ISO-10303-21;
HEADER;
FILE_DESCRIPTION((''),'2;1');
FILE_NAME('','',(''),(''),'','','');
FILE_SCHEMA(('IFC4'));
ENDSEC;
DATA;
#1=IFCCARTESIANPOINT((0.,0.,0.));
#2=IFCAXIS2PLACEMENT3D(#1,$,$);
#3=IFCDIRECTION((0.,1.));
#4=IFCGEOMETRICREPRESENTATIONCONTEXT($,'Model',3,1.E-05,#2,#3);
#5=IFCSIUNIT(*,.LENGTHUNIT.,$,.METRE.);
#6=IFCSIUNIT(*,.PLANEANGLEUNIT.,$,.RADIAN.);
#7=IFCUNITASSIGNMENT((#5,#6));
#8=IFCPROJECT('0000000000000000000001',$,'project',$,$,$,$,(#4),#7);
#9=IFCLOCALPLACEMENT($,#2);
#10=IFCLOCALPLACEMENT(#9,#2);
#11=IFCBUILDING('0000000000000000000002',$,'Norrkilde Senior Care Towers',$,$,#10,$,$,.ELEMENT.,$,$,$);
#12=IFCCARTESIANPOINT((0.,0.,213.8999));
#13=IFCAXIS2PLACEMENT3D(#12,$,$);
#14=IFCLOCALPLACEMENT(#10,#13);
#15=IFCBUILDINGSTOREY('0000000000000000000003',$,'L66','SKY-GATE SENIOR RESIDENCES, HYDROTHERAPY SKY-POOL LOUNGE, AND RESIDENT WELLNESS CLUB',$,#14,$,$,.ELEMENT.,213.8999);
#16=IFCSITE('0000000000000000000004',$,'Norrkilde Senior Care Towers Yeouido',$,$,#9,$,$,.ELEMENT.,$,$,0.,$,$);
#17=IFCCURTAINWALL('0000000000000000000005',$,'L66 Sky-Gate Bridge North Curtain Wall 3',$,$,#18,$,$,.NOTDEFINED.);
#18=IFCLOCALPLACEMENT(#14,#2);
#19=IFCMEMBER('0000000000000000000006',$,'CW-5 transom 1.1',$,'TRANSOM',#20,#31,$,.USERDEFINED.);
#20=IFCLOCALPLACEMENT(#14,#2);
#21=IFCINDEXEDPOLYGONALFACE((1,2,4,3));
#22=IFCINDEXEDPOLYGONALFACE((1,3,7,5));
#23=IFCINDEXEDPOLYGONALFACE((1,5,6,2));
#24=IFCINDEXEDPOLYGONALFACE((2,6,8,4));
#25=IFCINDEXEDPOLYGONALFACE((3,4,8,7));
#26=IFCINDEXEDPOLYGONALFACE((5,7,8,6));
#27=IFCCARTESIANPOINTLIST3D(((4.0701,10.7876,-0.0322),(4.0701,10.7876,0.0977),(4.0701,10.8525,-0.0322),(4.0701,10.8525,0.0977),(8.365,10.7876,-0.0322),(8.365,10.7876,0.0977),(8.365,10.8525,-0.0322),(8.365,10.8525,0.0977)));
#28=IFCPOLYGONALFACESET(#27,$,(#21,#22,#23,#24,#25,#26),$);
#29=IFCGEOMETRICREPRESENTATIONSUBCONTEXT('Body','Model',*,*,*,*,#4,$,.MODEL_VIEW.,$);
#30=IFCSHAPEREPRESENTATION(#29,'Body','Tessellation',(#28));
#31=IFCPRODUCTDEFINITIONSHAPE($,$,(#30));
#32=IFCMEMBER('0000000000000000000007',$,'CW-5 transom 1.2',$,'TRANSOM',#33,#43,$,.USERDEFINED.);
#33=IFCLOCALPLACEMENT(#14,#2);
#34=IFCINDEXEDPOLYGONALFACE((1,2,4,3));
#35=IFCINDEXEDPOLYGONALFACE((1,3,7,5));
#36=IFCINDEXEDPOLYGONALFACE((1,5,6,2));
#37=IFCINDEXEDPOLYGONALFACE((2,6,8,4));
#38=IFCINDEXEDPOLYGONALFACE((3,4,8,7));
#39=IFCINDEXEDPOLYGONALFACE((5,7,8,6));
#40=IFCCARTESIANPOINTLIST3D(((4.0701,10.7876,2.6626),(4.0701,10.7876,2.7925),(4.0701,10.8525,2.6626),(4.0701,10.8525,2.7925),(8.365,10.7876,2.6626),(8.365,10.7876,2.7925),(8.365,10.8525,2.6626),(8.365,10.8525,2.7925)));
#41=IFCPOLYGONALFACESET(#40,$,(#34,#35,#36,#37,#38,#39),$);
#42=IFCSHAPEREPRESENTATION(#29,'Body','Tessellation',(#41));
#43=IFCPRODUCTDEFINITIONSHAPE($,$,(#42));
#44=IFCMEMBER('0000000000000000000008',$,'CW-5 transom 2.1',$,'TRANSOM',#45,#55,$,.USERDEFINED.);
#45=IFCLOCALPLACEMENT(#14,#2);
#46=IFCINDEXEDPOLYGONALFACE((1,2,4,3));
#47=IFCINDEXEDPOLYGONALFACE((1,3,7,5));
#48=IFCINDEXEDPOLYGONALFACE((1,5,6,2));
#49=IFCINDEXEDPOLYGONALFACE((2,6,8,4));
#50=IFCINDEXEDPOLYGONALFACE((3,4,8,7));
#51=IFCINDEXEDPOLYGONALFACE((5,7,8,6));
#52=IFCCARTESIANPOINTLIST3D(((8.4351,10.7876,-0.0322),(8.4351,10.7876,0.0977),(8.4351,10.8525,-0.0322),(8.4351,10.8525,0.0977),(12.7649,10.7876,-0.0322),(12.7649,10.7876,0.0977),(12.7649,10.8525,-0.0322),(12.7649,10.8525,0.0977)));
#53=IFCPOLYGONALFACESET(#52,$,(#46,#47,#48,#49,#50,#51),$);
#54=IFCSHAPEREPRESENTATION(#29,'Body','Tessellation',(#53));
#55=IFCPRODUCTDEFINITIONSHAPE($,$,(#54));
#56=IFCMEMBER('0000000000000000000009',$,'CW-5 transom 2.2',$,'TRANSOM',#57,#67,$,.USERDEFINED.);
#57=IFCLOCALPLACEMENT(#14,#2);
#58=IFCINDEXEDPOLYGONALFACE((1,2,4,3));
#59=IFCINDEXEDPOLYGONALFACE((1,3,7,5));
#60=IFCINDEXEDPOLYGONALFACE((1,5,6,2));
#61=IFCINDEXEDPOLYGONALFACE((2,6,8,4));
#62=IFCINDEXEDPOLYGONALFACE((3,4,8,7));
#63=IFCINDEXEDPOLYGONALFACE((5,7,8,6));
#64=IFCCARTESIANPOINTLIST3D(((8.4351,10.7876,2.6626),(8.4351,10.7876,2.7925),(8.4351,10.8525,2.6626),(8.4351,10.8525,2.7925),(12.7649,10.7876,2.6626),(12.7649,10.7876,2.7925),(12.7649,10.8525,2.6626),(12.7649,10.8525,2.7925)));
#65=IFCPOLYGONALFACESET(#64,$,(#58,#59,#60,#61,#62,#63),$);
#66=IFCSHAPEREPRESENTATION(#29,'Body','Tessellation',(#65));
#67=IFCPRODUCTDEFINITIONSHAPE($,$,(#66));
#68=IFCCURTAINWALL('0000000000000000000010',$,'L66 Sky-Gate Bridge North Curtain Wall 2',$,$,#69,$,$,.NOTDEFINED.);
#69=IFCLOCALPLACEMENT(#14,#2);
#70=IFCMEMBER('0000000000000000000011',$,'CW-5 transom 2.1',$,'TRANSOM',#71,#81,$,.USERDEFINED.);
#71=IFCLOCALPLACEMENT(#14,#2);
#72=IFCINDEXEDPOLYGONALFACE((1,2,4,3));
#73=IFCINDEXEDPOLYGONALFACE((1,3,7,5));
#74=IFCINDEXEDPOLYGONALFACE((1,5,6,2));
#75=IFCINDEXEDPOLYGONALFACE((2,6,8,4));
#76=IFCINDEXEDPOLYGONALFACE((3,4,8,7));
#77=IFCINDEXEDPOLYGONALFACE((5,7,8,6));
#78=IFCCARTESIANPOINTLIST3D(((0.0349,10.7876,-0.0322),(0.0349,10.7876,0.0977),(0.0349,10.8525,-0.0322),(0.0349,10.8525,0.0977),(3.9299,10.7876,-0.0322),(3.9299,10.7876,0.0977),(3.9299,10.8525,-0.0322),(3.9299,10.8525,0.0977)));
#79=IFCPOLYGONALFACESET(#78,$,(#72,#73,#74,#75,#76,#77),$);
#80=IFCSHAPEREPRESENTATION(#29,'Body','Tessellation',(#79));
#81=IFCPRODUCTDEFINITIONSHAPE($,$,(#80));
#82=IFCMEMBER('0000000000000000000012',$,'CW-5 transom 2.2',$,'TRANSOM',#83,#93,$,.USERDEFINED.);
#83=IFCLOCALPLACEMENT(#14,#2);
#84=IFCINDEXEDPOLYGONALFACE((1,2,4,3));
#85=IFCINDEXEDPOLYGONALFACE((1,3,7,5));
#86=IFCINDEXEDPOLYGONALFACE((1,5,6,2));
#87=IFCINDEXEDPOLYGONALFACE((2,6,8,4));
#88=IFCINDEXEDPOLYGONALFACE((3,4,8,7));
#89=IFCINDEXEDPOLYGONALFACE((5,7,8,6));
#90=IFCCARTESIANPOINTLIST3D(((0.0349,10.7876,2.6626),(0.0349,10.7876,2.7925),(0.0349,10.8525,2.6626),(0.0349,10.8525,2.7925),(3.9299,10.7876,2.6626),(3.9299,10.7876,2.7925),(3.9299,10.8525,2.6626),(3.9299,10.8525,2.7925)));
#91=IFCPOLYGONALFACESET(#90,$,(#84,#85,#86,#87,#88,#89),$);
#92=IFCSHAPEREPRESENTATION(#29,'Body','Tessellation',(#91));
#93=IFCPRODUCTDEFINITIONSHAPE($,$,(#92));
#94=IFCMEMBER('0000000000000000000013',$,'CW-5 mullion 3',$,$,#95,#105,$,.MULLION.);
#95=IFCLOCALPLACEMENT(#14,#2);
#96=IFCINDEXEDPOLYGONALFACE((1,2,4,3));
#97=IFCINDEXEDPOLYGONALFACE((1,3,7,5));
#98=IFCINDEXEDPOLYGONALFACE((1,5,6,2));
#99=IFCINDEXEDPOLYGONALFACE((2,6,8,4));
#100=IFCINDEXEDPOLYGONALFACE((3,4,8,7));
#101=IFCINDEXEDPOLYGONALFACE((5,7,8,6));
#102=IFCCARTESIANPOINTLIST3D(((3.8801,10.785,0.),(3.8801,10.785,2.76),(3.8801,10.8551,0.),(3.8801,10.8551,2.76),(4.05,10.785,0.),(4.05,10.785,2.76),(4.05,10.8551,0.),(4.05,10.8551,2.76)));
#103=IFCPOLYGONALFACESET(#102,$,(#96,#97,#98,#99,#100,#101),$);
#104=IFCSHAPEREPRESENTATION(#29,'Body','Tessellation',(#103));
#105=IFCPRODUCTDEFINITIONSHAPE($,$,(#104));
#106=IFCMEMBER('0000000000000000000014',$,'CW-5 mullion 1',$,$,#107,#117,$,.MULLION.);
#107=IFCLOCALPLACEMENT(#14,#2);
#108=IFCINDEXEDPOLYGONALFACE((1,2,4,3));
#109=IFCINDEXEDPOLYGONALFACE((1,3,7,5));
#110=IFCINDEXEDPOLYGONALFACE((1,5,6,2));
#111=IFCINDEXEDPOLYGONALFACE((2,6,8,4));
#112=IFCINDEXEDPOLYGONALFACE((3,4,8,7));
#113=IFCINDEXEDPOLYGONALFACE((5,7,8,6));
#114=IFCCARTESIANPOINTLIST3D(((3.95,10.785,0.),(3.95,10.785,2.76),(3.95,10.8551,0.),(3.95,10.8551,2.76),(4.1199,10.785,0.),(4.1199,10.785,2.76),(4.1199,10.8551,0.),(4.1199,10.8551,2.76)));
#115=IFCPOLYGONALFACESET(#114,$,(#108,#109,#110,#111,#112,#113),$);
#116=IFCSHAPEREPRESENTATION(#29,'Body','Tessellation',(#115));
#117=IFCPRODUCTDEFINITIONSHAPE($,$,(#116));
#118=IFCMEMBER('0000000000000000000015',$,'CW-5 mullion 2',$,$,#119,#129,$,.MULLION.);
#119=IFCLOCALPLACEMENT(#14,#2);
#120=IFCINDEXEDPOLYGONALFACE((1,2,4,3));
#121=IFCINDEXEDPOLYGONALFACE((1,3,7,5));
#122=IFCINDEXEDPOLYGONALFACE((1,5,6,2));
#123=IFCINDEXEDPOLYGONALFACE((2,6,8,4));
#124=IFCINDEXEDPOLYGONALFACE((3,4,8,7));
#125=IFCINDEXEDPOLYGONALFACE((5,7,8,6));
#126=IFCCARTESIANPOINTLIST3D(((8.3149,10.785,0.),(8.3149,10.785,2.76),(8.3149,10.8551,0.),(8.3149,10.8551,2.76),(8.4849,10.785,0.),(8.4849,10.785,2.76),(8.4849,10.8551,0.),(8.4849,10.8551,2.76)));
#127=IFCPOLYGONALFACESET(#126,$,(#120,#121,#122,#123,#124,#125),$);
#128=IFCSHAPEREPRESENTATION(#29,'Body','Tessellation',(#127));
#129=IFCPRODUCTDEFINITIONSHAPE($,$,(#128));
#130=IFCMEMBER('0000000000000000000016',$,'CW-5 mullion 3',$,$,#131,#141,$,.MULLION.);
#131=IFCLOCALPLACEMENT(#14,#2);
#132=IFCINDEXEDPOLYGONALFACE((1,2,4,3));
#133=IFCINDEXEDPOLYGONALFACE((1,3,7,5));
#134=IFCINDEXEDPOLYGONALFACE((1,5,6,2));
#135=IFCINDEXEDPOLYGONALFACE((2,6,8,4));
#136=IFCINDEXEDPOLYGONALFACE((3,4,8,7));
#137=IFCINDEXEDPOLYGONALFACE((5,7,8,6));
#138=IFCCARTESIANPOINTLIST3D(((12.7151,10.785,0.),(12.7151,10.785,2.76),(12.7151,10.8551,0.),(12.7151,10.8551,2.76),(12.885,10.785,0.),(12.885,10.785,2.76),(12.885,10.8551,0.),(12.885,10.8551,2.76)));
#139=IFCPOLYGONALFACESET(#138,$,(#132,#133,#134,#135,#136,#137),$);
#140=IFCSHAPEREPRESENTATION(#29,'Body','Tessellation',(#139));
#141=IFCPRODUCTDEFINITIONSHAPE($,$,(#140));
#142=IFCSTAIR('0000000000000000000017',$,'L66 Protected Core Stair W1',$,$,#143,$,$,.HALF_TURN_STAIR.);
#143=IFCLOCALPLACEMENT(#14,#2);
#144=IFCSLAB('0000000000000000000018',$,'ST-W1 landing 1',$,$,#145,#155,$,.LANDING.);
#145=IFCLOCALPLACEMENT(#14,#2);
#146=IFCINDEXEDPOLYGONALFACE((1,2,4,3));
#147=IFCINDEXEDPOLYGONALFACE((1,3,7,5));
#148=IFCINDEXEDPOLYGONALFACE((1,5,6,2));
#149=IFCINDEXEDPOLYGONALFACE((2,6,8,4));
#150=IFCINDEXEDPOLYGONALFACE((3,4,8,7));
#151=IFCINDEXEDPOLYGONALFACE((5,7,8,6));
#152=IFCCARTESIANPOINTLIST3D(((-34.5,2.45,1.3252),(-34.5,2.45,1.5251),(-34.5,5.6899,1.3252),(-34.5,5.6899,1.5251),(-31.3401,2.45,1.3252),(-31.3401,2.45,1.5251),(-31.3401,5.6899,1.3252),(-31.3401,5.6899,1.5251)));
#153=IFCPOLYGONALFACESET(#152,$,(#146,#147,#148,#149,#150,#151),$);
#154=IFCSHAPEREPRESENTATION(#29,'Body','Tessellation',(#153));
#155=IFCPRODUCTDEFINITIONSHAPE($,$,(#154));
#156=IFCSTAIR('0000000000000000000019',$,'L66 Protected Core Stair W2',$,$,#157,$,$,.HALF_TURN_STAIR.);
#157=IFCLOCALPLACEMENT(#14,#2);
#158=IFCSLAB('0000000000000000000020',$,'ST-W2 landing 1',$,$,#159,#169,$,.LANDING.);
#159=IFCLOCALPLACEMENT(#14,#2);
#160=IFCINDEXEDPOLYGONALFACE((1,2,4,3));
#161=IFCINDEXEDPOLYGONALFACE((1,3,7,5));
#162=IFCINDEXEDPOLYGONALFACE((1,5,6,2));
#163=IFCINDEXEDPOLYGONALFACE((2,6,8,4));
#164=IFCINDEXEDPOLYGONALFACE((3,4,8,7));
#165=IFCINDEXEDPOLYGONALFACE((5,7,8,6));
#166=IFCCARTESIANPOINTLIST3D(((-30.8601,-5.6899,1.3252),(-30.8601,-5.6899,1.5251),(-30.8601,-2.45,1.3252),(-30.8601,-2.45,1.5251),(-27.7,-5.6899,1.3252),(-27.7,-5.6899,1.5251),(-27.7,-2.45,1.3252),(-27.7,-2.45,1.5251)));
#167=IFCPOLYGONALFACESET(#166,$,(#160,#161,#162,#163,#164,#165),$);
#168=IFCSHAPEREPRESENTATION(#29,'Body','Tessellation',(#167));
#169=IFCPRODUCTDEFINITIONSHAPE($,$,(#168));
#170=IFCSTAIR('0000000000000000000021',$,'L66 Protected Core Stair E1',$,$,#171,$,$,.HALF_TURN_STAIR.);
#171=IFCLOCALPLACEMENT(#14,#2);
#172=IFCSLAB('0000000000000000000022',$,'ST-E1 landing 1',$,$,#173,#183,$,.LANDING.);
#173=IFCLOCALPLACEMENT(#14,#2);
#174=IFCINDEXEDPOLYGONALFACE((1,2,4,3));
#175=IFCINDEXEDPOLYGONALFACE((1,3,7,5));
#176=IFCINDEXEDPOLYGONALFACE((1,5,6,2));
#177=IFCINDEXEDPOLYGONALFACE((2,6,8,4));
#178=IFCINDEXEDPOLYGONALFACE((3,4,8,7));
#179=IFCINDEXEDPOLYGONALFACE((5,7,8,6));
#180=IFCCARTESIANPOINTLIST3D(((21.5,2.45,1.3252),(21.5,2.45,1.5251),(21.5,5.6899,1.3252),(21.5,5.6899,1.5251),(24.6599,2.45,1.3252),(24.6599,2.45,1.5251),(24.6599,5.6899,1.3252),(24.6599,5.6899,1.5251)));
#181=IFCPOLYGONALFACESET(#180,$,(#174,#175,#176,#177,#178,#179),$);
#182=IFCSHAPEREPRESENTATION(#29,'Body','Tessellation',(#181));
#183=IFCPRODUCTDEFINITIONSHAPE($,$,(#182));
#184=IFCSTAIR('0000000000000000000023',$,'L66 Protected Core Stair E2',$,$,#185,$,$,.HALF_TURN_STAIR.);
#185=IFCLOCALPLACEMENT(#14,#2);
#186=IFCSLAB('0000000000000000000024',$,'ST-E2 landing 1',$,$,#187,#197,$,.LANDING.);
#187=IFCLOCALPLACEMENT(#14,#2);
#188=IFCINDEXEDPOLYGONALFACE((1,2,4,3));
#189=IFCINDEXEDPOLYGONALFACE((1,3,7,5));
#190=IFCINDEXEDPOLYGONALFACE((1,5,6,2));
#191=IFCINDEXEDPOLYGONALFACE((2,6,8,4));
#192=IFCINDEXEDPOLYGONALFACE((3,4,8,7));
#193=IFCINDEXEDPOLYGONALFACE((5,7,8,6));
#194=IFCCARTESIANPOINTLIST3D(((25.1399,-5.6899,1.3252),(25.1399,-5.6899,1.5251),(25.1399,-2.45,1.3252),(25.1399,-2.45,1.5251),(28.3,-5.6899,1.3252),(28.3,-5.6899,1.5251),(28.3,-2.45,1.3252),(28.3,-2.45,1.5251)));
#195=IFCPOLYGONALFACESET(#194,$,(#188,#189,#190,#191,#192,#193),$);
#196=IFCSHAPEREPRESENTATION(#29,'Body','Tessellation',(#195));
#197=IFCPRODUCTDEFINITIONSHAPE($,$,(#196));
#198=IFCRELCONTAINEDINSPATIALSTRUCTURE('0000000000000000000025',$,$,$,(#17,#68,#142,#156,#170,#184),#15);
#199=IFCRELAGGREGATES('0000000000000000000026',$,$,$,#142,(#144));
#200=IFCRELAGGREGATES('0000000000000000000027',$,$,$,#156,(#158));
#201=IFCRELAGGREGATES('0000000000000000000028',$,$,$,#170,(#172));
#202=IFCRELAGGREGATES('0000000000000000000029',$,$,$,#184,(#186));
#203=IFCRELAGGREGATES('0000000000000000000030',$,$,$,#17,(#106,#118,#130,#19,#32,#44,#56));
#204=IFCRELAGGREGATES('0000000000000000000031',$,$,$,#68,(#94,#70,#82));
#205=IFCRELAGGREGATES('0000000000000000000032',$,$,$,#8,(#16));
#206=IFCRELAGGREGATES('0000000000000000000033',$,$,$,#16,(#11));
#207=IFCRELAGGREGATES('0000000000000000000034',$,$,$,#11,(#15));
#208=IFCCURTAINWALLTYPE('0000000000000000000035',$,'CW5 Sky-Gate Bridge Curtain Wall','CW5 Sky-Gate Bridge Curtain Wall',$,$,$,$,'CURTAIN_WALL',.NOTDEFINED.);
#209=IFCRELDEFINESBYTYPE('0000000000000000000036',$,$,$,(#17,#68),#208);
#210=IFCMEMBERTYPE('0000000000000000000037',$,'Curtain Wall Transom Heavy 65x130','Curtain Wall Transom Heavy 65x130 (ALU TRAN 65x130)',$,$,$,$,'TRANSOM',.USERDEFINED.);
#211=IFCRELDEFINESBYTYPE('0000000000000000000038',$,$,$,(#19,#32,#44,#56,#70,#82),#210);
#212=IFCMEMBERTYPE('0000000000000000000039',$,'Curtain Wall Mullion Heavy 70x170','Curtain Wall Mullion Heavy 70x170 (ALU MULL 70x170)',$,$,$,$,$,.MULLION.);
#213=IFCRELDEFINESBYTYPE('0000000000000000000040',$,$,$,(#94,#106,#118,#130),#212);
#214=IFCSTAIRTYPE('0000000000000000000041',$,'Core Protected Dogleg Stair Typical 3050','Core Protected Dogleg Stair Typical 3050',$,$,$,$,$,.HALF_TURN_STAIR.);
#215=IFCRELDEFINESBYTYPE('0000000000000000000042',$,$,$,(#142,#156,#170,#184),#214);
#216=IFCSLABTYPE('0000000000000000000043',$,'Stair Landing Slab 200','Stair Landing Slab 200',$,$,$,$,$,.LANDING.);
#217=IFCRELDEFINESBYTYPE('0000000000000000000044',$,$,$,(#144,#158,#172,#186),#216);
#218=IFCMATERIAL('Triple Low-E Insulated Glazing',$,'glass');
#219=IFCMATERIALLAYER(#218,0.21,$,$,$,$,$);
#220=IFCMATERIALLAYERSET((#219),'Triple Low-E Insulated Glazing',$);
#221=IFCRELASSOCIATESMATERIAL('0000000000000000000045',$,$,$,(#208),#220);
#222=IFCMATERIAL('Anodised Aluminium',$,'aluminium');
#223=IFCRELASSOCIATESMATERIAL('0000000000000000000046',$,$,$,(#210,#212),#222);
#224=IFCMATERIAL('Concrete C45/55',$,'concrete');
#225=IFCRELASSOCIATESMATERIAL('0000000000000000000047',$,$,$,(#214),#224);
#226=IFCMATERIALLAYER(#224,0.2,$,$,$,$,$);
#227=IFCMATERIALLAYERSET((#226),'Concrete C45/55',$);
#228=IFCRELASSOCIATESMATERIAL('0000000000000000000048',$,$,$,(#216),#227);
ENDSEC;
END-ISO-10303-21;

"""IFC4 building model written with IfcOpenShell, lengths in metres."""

from ifc_helpers import new_model, si_unit, direction, frame, origin, origin_2d, place, context, subcontext, project, spatial, polyline, rectangle, outline, extrude, source, transform, mapped, material, layer, layer_set, material_profile, profile_set, type_object, type_shapes, element, aggregate, save


model = new_model("IFC4")

# Units and contexts
model_context = context("Model", 3, precision=1e-05, world=origin(), true_north=direction((0.0, 1.0)))
body_context = subcontext(model_context, "Body", "Model", "MODEL_VIEW")
ifc_project = project(units=[si_unit("LENGTHUNIT", "METRE"), si_unit("PLANEANGLEUNIT", "RADIAN")], contexts=[model_context])

# Site, building, storey
site_placement = place(None, origin())
site = spatial("IfcSite", under=ifc_project, at=site_placement, Name="Norrkilde Senior Care Towers Yeouido", CompositionType="ELEMENT", RefElevation=0.0)
building_placement = place(site_placement, origin())
building = spatial("IfcBuilding", under=site, at=building_placement, Name="Norrkilde Senior Care Towers", CompositionType="ELEMENT")
storey_placement = place(building_placement, frame((0.0, 0.0, 213.8999)))
storey = spatial("IfcBuildingStorey", under=building, at=storey_placement, Name="L66", Description="SKY-GATE SENIOR RESIDENCES, HYDROTHERAPY SKY-POOL LOUNGE, AND RESIDENT WELLNESS CLUB", CompositionType="ELEMENT", Elevation=213.8999)

# Curtain walls, members
ifc_material_1 = material(Name="Triple Low-E Insulated Glazing", Category="glass")
ifc_layer_1 = layer(ifc_material_1, 0.21)
ifc_layer_set_1 = layer_set([ifc_layer_1], Name="Triple Low-E Insulated Glazing")
curtain_wall_type = type_object("IfcCurtainWallType", Name="CW5 Sky-Gate Bridge Curtain Wall", Description="CW5 Sky-Gate Bridge Curtain Wall", ElementType="CURTAIN_WALL", PredefinedType="NOTDEFINED", material=ifc_layer_set_1)
curtain_wall_1_placement = place(storey_placement, origin())
curtain_wall_1 = element("IfcCurtainWall", 1, at=curtain_wall_1_placement, inside=storey, type_object=curtain_wall_type, Name="L66 Sky-Gate Bridge North Curtain Wall 3", PredefinedType="NOTDEFINED")
ifc_material_2 = material(Name="Anodised Aluminium", Category="aluminium")
ifc_material_profile_1 = material_profile(ifc_material_2, rectangle(XDim=0.0649, YDim=0.1299, at=origin_2d()), Name="ALU TRAN 65x130")
ifc_profile_set_1 = profile_set([ifc_material_profile_1], Name="Anodised Aluminium")
member_type_1 = type_object("IfcMemberType", Name="Curtain Wall Transom Heavy 65x130", Description="Curtain Wall Transom Heavy 65x130 (ALU TRAN 65x130)", ElementType="TRANSOM", PredefinedType="USERDEFINED", material=ifc_profile_set_1)
shared_shape_1 = source(origin(), body_context, "Body", "SweptSolid", [
    extrude(rectangle(XDim=0.0649, YDim=0.1299, at=origin_2d()), origin(), (0.0, 0.0, 1.0), 4.2949),
])
member_1_placement = place(storey_placement, frame((4.0701, 10.8201, 0.0327), z_axis=(1.0, 0.0, 0.0), x_axis=(0.0, 1.0, 0.0)))
member_1 = element("IfcMember", 2, at=member_1_placement, type_object=member_type_1, Name="CW-5 transom 1.1", ObjectType="TRANSOM", PredefinedType="USERDEFINED", context=body_context, shape_type="MappedRepresentation", body=[
    mapped(shared_shape_1, transform((0.0, 0.0, 0.0), x_axis=(1.0, 0.0, 0.0), y_axis=(0.0, 1.0, 0.0), z_axis=(0.0, 0.0, 1.0), scale=1.0)),
])
member_2_placement = place(storey_placement, frame((4.0701, 10.8201, 2.7275), z_axis=(1.0, 0.0, 0.0), x_axis=(0.0, 1.0, 0.0)))
member_2 = element("IfcMember", 3, at=member_2_placement, type_object=member_type_1, Name="CW-5 transom 1.2", ObjectType="TRANSOM", PredefinedType="USERDEFINED", context=body_context, shape_type="MappedRepresentation", body=[
    mapped(shared_shape_1, transform((0.0, 0.0, 0.0), x_axis=(1.0, 0.0, 0.0), y_axis=(0.0, 1.0, 0.0), z_axis=(0.0, 0.0, 1.0), scale=1.0)),
])
shared_shape_2 = source(origin(), body_context, "Body", "SweptSolid", [
    extrude(rectangle(XDim=0.0649, YDim=0.1299, at=origin_2d()), origin(), (0.0, 0.0, 1.0), 4.3298),
])
member_3_placement = place(storey_placement, frame((8.4351, 10.8201, 0.0327), z_axis=(1.0, 0.0, 0.0), x_axis=(0.0, 1.0, 0.0)))
member_3 = element("IfcMember", 4, at=member_3_placement, type_object=member_type_1, Name="CW-5 transom 2.1", ObjectType="TRANSOM", PredefinedType="USERDEFINED", context=body_context, shape_type="MappedRepresentation", body=[
    mapped(shared_shape_2, transform((0.0, 0.0, 0.0), x_axis=(1.0, 0.0, 0.0), y_axis=(0.0, 1.0, 0.0), z_axis=(0.0, 0.0, 1.0), scale=1.0)),
])
member_4_placement = place(storey_placement, frame((8.4351, 10.8201, 2.7275), z_axis=(1.0, 0.0, 0.0), x_axis=(0.0, 1.0, 0.0)))
member_4 = element("IfcMember", 5, at=member_4_placement, type_object=member_type_1, Name="CW-5 transom 2.2", ObjectType="TRANSOM", PredefinedType="USERDEFINED", context=body_context, shape_type="MappedRepresentation", body=[
    mapped(shared_shape_2, transform((0.0, 0.0, 0.0), x_axis=(1.0, 0.0, 0.0), y_axis=(0.0, 1.0, 0.0), z_axis=(0.0, 0.0, 1.0), scale=1.0)),
])
curtain_wall_2_placement = place(storey_placement, origin())
curtain_wall_2 = element("IfcCurtainWall", 6, at=curtain_wall_2_placement, inside=storey, type_object=curtain_wall_type, Name="L66 Sky-Gate Bridge North Curtain Wall 2", PredefinedType="NOTDEFINED")
shared_shape_3 = source(origin(), body_context, "Body", "SweptSolid", [
    extrude(rectangle(XDim=0.0649, YDim=0.1299, at=origin_2d()), origin(), (0.0, 0.0, 1.0), 3.895),
])
type_shapes(member_type_1, [shared_shape_1, shared_shape_2, shared_shape_3])
member_5_placement = place(storey_placement, frame((0.0349, 10.8201, 0.0327), z_axis=(1.0, 0.0, 0.0), x_axis=(0.0, 1.0, 0.0)))
member_5 = element("IfcMember", 7, at=member_5_placement, type_object=member_type_1, Name="CW-5 transom 2.1", ObjectType="TRANSOM", PredefinedType="USERDEFINED", context=body_context, shape_type="MappedRepresentation", body=[
    mapped(shared_shape_3, transform((0.0, 0.0, 0.0), x_axis=(1.0, 0.0, 0.0), y_axis=(0.0, 1.0, 0.0), z_axis=(0.0, 0.0, 1.0), scale=1.0)),
])
member_6_placement = place(storey_placement, frame((0.0349, 10.8201, 2.7275), z_axis=(1.0, 0.0, 0.0), x_axis=(0.0, 1.0, 0.0)))
member_6 = element("IfcMember", 8, at=member_6_placement, type_object=member_type_1, Name="CW-5 transom 2.2", ObjectType="TRANSOM", PredefinedType="USERDEFINED", context=body_context, shape_type="MappedRepresentation", body=[
    mapped(shared_shape_3, transform((0.0, 0.0, 0.0), x_axis=(1.0, 0.0, 0.0), y_axis=(0.0, 1.0, 0.0), z_axis=(0.0, 0.0, 1.0), scale=1.0)),
])
ifc_material_profile_2 = material_profile(ifc_material_2, rectangle(XDim=0.0701, YDim=0.1699, at=origin_2d()), Name="ALU MULL 70x170")
ifc_profile_set_2 = profile_set([ifc_material_profile_2], Name="Anodised Aluminium")
member_type_2 = type_object("IfcMemberType", Name="Curtain Wall Mullion Heavy 70x170", Description="Curtain Wall Mullion Heavy 70x170 (ALU MULL 70x170)", PredefinedType="MULLION", material=ifc_profile_set_2)
shared_shape_4 = source(origin(), body_context, "Body", "SweptSolid", [
    extrude(rectangle(XDim=0.0701, YDim=0.1699, at=origin_2d()), origin(), (0.0, 0.0, 1.0), 2.76),
])
type_shapes(member_type_2, [shared_shape_4])
member_7_placement = place(storey_placement, frame((3.9651, 10.8201, 0.0), z_axis=(0.0, 0.0, 1.0), x_axis=(0.0, 1.0, 0.0)))
member_7 = element("IfcMember", 9, at=member_7_placement, type_object=member_type_2, Name="CW-5 mullion 3", PredefinedType="MULLION", context=body_context, shape_type="MappedRepresentation", body=[
    mapped(shared_shape_4, transform((0.0, 0.0, 0.0), x_axis=(1.0, 0.0, 0.0), y_axis=(0.0, 1.0, 0.0), z_axis=(0.0, 0.0, 1.0), scale=1.0)),
])

# Members
member_8_placement = place(storey_placement, frame((4.0349, 10.8201, 0.0), z_axis=(0.0, 0.0, 1.0), x_axis=(0.0, 1.0, 0.0)))
member_8 = element("IfcMember", 10, at=member_8_placement, type_object=member_type_2, Name="CW-5 mullion 1", PredefinedType="MULLION", context=body_context, shape_type="MappedRepresentation", body=[
    mapped(shared_shape_4, transform((0.0, 0.0, 0.0), x_axis=(1.0, 0.0, 0.0), y_axis=(0.0, 1.0, 0.0), z_axis=(0.0, 0.0, 1.0), scale=1.0)),
])
member_9_placement = place(storey_placement, frame((8.3999, 10.8201, 0.0), z_axis=(0.0, 0.0, 1.0), x_axis=(0.0, 1.0, 0.0)))
member_9 = element("IfcMember", 11, at=member_9_placement, type_object=member_type_2, Name="CW-5 mullion 2", PredefinedType="MULLION", context=body_context, shape_type="MappedRepresentation", body=[
    mapped(shared_shape_4, transform((0.0, 0.0, 0.0), x_axis=(1.0, 0.0, 0.0), y_axis=(0.0, 1.0, 0.0), z_axis=(0.0, 0.0, 1.0), scale=1.0)),
])
member_10_placement = place(storey_placement, frame((12.8, 10.8201, 0.0), z_axis=(0.0, 0.0, 1.0), x_axis=(0.0, 1.0, 0.0)))
member_10 = element("IfcMember", 12, at=member_10_placement, type_object=member_type_2, Name="CW-5 mullion 3", PredefinedType="MULLION", context=body_context, shape_type="MappedRepresentation", body=[
    mapped(shared_shape_4, transform((0.0, 0.0, 0.0), x_axis=(1.0, 0.0, 0.0), y_axis=(0.0, 1.0, 0.0), z_axis=(0.0, 0.0, 1.0), scale=1.0)),
])

# Stairs, slabs
ifc_material_3 = material(Name="Concrete C45/55", Category="concrete")
stair_type = type_object("IfcStairType", Name="Core Protected Dogleg Stair Typical 3050", Description="Core Protected Dogleg Stair Typical 3050", PredefinedType="HALF_TURN_STAIR", material=ifc_material_3)
stair_1_placement = place(storey_placement, origin())
stair_1 = element("IfcStair", 13, at=stair_1_placement, inside=storey, type_object=stair_type, Name="L66 Protected Core Stair W1", PredefinedType="HALF_TURN_STAIR")
ifc_layer_2 = layer(ifc_material_3, 0.2)
ifc_layer_set_2 = layer_set([ifc_layer_2], Name="Concrete C45/55")
slab_type = type_object("IfcSlabType", Name="Stair Landing Slab 200", Description="Stair Landing Slab 200", PredefinedType="LANDING", material=ifc_layer_set_2)
slab_1_placement = place(storey_placement, frame((0.0, 0.0, 1.3252)))
slab_1 = element("IfcSlab", 14, at=slab_1_placement, type_object=slab_type, Name="ST-W1 landing 1", PredefinedType="LANDING", context=body_context, shape_type="SweptSolid", body=[
    extrude(outline(polyline([(-31.3401, 5.6899), (-34.5, 5.6899), (-34.5, 2.45), (-31.3401, 2.45), (-31.3401, 5.6899)])), origin(), (0.0, 0.0, 1.0), 0.2),
])
aggregate(stair_1, [slab_1])
stair_2_placement = place(storey_placement, origin())
stair_2 = element("IfcStair", 15, at=stair_2_placement, inside=storey, type_object=stair_type, Name="L66 Protected Core Stair W2", PredefinedType="HALF_TURN_STAIR")
slab_2_placement = place(storey_placement, frame((0.0, 0.0, 1.3252)))
slab_2 = element("IfcSlab", 16, at=slab_2_placement, type_object=slab_type, Name="ST-W2 landing 1", PredefinedType="LANDING", context=body_context, shape_type="SweptSolid", body=[
    extrude(outline(polyline([(-30.8601, -5.6899), (-27.7, -5.6899), (-27.7, -2.45), (-30.8601, -2.45), (-30.8601, -5.6899)])), origin(), (0.0, 0.0, 1.0), 0.2),
])
aggregate(stair_2, [slab_2])
stair_3_placement = place(storey_placement, origin())
stair_3 = element("IfcStair", 17, at=stair_3_placement, inside=storey, type_object=stair_type, Name="L66 Protected Core Stair E1", PredefinedType="HALF_TURN_STAIR")
slab_3_placement = place(storey_placement, frame((0.0, 0.0, 1.3252)))
slab_3 = element("IfcSlab", 18, at=slab_3_placement, type_object=slab_type, Name="ST-E1 landing 1", PredefinedType="LANDING", context=body_context, shape_type="SweptSolid", body=[
    extrude(outline(polyline([(24.6599, 5.6899), (21.5, 5.6899), (21.5, 2.45), (24.6599, 2.45), (24.6599, 5.6899)])), origin(), (0.0, 0.0, 1.0), 0.2),
])
aggregate(stair_3, [slab_3])
stair_4_placement = place(storey_placement, origin())
stair_4 = element("IfcStair", 19, at=stair_4_placement, inside=storey, type_object=stair_type, Name="L66 Protected Core Stair E2", PredefinedType="HALF_TURN_STAIR")
slab_4_placement = place(storey_placement, frame((0.0, 0.0, 1.3252)))
slab_4 = element("IfcSlab", 20, at=slab_4_placement, type_object=slab_type, Name="ST-E2 landing 1", PredefinedType="LANDING", context=body_context, shape_type="SweptSolid", body=[
    extrude(outline(polyline([(25.1399, -5.6899), (28.3, -5.6899), (28.3, -2.45), (25.1399, -2.45), (25.1399, -5.6899)])), origin(), (0.0, 0.0, 1.0), 0.2),
])
aggregate(stair_4, [slab_4])

aggregate(curtain_wall_1, [member_8, member_9, member_10, member_1, member_2, member_3, member_4])
aggregate(curtain_wall_2, [member_7, member_5, member_6])

save(model, "model.ifc")
